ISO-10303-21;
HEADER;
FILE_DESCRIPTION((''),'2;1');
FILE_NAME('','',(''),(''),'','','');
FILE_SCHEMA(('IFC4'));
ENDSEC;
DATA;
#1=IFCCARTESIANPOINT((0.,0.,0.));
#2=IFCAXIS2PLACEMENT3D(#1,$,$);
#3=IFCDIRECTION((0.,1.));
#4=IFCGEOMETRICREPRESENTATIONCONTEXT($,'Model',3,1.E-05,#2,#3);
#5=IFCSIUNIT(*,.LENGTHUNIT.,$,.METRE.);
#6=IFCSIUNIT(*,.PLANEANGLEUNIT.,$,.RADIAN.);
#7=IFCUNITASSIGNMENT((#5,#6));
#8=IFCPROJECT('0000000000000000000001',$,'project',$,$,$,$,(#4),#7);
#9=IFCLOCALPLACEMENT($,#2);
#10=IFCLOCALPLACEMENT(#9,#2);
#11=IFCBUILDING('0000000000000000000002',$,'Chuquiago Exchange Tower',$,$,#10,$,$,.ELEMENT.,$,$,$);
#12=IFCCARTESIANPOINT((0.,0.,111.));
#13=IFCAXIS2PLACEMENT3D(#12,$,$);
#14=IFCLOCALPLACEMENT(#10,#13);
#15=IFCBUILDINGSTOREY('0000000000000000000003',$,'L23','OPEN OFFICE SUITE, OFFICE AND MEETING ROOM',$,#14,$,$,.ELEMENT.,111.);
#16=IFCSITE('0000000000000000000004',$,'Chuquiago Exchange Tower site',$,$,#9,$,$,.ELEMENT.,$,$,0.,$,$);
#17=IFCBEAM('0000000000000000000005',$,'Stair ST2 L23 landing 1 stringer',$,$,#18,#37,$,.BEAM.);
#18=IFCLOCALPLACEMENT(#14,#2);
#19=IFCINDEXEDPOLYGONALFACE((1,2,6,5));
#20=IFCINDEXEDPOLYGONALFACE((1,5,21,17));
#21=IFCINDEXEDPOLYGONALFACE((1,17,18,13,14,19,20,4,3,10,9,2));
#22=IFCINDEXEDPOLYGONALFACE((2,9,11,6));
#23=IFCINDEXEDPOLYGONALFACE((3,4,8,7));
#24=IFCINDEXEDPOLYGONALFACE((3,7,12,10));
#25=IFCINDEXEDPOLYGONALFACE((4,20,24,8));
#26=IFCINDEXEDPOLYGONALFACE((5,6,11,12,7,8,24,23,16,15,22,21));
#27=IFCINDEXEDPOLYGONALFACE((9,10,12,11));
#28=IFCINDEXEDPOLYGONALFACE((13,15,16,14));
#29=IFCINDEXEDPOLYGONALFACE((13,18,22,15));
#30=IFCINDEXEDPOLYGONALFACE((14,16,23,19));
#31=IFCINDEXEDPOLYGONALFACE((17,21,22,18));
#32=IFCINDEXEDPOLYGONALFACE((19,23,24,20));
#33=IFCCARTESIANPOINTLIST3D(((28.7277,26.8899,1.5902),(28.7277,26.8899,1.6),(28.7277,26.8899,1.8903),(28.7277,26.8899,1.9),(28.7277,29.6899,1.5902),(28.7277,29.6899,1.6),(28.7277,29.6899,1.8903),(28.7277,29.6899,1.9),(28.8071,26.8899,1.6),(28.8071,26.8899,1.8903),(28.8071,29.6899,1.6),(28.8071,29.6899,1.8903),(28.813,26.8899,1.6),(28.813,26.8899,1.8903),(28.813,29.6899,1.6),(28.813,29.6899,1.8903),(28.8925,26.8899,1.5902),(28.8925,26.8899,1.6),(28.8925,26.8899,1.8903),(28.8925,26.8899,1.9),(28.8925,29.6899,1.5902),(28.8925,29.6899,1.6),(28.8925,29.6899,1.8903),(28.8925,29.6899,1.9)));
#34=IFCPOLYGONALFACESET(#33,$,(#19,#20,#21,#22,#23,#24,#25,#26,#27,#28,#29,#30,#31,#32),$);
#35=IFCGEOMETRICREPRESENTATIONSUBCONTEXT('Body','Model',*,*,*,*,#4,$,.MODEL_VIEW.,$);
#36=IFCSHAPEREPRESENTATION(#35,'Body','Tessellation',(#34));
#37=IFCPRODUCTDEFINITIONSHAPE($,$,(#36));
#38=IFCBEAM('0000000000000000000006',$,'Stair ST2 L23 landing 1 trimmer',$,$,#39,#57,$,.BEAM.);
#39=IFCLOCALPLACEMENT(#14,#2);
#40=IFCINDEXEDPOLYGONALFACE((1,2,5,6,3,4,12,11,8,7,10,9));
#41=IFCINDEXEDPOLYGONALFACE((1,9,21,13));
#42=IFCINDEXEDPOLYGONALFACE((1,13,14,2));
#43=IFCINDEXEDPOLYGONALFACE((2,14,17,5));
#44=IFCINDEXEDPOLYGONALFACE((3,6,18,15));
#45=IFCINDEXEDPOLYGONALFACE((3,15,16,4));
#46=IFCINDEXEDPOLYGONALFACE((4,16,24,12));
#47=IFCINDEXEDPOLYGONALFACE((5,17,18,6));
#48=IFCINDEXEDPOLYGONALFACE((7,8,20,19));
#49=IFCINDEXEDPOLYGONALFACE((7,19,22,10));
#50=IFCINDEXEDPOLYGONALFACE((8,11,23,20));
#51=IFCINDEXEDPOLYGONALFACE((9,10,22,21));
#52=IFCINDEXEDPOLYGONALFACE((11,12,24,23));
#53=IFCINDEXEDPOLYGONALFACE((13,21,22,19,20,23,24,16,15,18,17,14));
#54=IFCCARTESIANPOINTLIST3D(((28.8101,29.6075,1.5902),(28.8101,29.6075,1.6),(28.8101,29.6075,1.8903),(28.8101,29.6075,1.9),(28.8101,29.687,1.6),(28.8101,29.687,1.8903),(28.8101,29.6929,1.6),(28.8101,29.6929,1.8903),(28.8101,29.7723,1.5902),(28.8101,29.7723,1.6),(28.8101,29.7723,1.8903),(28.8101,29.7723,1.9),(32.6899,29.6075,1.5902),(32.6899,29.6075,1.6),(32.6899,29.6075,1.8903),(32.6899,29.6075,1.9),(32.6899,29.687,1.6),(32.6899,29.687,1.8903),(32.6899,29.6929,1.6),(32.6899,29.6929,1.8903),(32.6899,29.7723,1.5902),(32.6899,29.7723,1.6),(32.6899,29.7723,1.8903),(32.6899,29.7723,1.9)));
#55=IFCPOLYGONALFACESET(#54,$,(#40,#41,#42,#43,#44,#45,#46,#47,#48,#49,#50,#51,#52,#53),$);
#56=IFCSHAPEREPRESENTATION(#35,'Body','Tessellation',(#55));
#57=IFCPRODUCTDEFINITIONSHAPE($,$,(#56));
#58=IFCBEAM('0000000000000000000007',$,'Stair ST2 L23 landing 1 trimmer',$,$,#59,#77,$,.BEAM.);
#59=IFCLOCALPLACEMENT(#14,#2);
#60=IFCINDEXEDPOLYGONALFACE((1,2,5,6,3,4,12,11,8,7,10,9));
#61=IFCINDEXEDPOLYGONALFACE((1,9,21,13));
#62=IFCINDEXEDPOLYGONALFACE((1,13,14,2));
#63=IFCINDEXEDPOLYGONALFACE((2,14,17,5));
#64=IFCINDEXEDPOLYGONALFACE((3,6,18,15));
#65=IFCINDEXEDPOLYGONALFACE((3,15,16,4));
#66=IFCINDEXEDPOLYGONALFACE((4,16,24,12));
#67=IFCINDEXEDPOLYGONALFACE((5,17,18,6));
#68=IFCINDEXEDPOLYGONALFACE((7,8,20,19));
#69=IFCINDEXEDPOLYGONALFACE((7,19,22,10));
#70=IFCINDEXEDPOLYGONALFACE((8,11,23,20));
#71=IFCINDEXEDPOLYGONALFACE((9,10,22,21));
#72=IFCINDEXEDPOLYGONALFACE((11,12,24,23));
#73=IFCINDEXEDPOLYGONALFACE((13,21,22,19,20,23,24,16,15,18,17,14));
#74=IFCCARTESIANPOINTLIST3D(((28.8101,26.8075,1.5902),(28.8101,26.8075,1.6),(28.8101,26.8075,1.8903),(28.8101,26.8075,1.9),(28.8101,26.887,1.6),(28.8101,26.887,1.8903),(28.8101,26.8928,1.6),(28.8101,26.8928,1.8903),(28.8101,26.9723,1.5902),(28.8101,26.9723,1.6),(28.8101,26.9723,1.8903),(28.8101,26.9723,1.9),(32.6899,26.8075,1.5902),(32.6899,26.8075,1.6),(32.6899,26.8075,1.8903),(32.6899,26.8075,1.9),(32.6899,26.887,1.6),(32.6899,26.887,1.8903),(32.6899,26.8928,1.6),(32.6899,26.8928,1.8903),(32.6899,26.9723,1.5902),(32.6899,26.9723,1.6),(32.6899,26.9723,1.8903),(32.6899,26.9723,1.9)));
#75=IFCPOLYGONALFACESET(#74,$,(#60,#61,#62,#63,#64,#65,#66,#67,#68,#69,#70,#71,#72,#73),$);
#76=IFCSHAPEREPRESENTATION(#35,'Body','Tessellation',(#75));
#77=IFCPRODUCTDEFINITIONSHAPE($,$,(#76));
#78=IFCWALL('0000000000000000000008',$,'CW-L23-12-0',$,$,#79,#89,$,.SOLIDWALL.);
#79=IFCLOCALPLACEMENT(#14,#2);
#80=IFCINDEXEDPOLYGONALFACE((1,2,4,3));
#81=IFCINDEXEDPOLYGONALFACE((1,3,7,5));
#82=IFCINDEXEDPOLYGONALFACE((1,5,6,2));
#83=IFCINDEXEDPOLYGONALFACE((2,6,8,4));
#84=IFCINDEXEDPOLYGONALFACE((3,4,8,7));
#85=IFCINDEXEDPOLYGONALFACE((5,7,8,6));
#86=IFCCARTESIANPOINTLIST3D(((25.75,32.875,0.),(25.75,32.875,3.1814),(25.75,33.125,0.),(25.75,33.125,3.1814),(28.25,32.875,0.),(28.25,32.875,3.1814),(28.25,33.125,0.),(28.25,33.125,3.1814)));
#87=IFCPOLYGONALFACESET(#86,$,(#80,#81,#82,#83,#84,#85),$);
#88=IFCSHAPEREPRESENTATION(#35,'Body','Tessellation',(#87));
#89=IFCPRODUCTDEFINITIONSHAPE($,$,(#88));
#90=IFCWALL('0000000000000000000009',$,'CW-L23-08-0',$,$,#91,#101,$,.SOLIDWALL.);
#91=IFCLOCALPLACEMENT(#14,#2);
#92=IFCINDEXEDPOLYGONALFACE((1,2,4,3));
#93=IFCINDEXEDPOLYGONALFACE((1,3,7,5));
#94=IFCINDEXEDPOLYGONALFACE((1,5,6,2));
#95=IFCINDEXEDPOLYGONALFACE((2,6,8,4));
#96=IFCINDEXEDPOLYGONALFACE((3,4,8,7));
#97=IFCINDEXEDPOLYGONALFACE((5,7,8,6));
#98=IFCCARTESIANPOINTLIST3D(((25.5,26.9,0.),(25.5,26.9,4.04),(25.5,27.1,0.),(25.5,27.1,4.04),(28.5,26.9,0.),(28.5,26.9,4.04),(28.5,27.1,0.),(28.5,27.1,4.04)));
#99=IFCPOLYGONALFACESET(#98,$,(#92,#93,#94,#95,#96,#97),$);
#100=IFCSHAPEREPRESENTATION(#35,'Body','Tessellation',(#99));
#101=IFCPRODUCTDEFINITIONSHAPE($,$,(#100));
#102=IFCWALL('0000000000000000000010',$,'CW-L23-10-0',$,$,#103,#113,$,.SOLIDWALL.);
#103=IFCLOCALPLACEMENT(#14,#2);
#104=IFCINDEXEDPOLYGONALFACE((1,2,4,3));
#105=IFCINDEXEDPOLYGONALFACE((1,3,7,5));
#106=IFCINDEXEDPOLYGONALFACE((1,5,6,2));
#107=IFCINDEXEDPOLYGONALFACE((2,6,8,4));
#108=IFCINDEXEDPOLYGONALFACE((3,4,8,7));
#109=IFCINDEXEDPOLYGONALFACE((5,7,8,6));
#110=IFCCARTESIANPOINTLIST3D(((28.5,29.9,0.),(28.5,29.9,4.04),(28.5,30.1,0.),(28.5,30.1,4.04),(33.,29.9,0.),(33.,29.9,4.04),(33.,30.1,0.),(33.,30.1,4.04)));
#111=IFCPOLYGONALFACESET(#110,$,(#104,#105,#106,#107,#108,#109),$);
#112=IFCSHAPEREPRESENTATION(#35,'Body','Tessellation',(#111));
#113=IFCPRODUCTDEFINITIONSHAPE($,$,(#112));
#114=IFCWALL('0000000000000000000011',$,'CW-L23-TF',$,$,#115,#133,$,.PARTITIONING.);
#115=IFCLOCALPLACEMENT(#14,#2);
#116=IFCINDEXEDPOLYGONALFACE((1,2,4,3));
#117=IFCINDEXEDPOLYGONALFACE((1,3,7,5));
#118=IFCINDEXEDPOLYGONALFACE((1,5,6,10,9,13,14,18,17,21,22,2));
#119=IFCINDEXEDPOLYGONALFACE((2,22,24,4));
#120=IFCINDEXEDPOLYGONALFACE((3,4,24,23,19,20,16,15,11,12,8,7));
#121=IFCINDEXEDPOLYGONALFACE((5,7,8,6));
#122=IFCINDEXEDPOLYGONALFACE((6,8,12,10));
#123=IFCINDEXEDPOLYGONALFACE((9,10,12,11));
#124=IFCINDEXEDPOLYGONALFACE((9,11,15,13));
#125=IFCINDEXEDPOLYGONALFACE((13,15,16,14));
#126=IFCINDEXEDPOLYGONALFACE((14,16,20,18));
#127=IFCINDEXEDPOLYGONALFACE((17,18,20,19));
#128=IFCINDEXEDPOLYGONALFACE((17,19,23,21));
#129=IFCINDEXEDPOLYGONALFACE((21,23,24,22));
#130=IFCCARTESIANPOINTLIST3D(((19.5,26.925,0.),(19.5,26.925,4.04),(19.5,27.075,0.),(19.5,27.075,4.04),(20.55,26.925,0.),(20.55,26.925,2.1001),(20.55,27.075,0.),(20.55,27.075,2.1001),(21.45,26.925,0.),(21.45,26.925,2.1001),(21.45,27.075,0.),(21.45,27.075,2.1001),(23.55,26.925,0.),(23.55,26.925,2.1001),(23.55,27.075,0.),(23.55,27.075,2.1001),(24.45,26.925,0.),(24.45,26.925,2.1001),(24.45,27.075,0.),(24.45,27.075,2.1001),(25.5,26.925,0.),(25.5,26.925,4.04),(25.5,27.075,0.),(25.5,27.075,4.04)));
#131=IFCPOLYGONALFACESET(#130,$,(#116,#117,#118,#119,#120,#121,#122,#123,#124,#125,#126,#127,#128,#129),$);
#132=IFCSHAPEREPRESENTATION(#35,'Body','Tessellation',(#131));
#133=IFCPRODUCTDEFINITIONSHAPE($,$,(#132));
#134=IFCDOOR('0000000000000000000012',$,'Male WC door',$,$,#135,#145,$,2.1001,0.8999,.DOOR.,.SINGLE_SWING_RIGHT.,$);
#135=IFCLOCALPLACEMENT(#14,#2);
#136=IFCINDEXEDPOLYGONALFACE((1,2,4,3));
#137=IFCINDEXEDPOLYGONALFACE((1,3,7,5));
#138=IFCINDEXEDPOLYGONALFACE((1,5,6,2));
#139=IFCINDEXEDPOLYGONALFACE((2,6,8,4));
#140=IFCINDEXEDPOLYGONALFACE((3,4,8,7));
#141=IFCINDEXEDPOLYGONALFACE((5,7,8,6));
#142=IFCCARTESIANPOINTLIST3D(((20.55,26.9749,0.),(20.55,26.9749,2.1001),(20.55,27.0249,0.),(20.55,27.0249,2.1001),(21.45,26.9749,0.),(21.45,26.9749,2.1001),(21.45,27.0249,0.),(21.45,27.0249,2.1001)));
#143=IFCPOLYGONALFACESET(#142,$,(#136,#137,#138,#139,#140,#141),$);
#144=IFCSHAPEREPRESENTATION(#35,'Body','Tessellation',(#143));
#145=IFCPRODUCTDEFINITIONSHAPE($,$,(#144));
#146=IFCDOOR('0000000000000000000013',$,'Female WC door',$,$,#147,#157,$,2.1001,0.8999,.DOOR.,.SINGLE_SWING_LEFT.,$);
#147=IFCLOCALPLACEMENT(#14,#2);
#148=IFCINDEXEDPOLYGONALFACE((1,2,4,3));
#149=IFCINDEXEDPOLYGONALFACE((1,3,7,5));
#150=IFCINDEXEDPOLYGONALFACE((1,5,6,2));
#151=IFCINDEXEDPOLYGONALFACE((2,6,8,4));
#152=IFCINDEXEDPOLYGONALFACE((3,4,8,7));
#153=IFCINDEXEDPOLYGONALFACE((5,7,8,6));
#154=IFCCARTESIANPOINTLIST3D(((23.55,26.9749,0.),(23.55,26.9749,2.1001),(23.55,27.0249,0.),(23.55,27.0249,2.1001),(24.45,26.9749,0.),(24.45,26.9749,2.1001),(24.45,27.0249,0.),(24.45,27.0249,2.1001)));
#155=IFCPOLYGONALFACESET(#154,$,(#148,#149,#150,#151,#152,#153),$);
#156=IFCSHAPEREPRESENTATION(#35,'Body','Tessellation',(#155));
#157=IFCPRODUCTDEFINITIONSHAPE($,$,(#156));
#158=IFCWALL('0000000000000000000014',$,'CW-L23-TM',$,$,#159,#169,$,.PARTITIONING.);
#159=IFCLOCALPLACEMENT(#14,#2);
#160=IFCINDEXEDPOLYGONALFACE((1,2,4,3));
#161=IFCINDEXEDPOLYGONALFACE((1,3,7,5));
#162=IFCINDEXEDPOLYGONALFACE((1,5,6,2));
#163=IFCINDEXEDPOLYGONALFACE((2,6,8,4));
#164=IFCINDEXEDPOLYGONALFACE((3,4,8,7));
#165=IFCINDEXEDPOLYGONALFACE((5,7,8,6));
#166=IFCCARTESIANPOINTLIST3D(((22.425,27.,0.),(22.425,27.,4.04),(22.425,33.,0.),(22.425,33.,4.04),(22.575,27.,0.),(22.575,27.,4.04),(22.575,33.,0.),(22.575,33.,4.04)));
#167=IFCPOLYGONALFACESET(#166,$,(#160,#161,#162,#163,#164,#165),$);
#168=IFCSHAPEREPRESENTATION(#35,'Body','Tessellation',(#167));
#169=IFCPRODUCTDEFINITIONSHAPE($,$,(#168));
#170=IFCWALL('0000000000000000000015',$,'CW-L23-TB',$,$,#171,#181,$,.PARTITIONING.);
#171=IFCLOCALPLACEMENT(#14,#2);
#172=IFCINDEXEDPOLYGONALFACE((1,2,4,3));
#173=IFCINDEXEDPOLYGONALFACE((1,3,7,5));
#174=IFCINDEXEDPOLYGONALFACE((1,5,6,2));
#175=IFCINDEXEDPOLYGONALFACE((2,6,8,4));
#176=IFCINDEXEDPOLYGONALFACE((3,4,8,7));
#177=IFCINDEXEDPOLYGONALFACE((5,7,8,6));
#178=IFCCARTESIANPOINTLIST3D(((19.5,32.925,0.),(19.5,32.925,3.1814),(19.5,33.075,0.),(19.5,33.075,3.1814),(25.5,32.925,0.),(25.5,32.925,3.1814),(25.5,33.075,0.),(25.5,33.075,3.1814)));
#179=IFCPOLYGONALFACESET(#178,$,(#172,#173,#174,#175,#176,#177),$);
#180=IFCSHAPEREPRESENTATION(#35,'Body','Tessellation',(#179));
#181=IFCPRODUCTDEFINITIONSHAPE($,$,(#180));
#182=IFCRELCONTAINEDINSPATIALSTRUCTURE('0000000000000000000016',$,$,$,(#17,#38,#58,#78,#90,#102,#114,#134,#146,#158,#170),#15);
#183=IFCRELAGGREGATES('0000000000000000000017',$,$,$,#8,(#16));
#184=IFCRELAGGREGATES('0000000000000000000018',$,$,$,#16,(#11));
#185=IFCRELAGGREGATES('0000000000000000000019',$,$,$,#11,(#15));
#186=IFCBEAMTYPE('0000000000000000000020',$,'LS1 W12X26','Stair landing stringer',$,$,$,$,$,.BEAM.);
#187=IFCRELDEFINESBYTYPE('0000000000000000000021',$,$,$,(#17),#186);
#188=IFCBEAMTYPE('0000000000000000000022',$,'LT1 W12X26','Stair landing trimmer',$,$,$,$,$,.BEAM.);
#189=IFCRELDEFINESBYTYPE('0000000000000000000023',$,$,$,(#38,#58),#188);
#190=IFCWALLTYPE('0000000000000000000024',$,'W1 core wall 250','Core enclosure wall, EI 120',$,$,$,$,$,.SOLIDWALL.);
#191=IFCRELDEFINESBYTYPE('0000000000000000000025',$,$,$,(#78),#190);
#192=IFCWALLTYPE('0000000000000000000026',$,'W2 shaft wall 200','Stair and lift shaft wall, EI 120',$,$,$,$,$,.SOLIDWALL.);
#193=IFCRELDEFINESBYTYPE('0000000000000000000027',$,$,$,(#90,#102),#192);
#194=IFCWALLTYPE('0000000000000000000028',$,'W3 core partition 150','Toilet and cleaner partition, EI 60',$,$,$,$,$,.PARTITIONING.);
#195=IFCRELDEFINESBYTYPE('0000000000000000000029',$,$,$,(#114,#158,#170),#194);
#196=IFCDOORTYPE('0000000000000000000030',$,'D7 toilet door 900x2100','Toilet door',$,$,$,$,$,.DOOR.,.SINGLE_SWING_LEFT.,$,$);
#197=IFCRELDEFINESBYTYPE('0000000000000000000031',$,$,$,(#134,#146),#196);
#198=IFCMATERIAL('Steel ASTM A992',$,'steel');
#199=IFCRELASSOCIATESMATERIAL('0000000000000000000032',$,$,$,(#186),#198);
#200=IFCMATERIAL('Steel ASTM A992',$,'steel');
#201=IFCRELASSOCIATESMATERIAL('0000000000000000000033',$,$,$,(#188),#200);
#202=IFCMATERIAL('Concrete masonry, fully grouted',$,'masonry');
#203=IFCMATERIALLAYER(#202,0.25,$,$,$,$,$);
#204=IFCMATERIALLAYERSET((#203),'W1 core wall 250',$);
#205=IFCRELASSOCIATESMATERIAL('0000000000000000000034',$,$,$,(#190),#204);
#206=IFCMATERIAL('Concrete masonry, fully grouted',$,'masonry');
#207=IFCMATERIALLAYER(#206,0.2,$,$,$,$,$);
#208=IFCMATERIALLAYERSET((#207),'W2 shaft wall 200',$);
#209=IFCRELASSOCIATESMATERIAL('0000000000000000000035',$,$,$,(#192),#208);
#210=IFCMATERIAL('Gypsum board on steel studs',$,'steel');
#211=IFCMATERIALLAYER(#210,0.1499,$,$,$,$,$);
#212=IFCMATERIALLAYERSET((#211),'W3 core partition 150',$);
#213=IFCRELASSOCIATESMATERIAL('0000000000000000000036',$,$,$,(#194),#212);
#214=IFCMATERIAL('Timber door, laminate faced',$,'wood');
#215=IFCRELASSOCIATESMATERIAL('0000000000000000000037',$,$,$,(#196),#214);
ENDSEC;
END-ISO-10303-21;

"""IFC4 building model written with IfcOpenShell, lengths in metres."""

from ifc_helpers import new_model, si_unit, direction, frame, frame_2d, origin, origin_2d, place, context, subcontext, project, spatial, rectangle, i_section, extrude, material, layer, layer_set, material_profile, profile_set, type_object, element, fill, save


model = new_model("IFC4")

# Units and contexts
model_context = context("Model", 3, precision=1e-05, world=origin(), true_north=direction((0.0, 1.0)))
body_context = subcontext(model_context, "Body", "Model", "MODEL_VIEW")
ifc_project = project(units=[si_unit("LENGTHUNIT", "METRE"), si_unit("PLANEANGLEUNIT", "RADIAN")], contexts=[model_context])

# Site, building, storey
site_placement = place(None, origin())
site = spatial("IfcSite", under=ifc_project, at=site_placement, Name="Chuquiago Exchange Tower site", CompositionType="ELEMENT", RefElevation=0.0)
building_placement = place(site_placement, origin())
building = spatial("IfcBuilding", under=site, at=building_placement, Name="Chuquiago Exchange Tower", CompositionType="ELEMENT")
storey_placement = place(building_placement, frame((0.0, 0.0, 111.0)))
storey = spatial("IfcBuildingStorey", under=building, at=storey_placement, Name="L23", Description="OPEN OFFICE SUITE, OFFICE AND MEETING ROOM", CompositionType="ELEMENT", Elevation=111.0)

# Beams
ifc_material_1 = material(Name="Steel ASTM A992", Category="steel")
ifc_material_profile_1 = material_profile(ifc_material_1, i_section(OverallWidth=0.1648, OverallDepth=0.3098, WebThickness=0.0059, FlangeThickness=0.0098, at=origin_2d()), Name="W12X26")
ifc_profile_set_1 = profile_set([ifc_material_profile_1], Name="Steel ASTM A992")
beam_type_1 = type_object("IfcBeamType", Name="LS1 W12X26", Description="Stair landing stringer", PredefinedType="BEAM", material=ifc_profile_set_1)
beam_1_placement = place(storey_placement, frame((28.8101, 26.8899, 1.7451), z_axis=(0.0, 1.0, 0.0), x_axis=(-1.0, 0.0, 0.0)))
element("IfcBeam", 1, at=beam_1_placement, inside=storey, type_object=beam_type_1, Name="Stair ST2 L23 landing 1 stringer", PredefinedType="BEAM", context=body_context, shape_type="SweptSolid", body=[
    extrude(i_section(OverallWidth=0.1648, OverallDepth=0.3098, WebThickness=0.0059, FlangeThickness=0.0098, at=origin_2d()), origin(), (0.0, 0.0, 1.0), 2.8),
])
ifc_material_2 = material(Name="Steel ASTM A992", Category="steel")
ifc_material_profile_2 = material_profile(ifc_material_2, i_section(OverallWidth=0.1648, OverallDepth=0.3098, WebThickness=0.0059, FlangeThickness=0.0098, at=origin_2d()), Name="W12X26")
ifc_profile_set_2 = profile_set([ifc_material_profile_2], Name="Steel ASTM A992")
beam_type_2 = type_object("IfcBeamType", Name="LT1 W12X26", Description="Stair landing trimmer", PredefinedType="BEAM", material=ifc_profile_set_2)
for number, where, z_axis, x_axis, name in (
    (2, (28.8101, 29.6899, 1.7451), (1.0, 0.0, 0.0), (0.0, 1.0, 0.0), "Stair ST2 L23 landing 1 trimmer"),
    (3, (28.8101, 26.8899, 1.7451), (1.0, 0.0, 0.0), (0.0, 1.0, 0.0), "Stair ST2 L23 landing 1 trimmer"),
):
    element("IfcBeam", number, at=place(storey_placement, frame(where, z_axis=z_axis, x_axis=x_axis)), inside=storey, type_object=beam_type_2, Name=name, PredefinedType="BEAM", context=body_context, shape_type="SweptSolid", body=[
        extrude(i_section(OverallWidth=0.1648, OverallDepth=0.3098, WebThickness=0.0059, FlangeThickness=0.0098, at=origin_2d()), origin(), (0.0, 0.0, 1.0), 3.8799),
    ])

# Walls
ifc_material_3 = material(Name="Concrete masonry, fully grouted", Category="masonry")
ifc_layer_1 = layer(ifc_material_3, 0.25)
ifc_layer_set_1 = layer_set([ifc_layer_1], Name="W1 core wall 250")
wall_type_1 = type_object("IfcWallType", Name="W1 core wall 250", Description="Core enclosure wall, EI 120", PredefinedType="SOLIDWALL", material=ifc_layer_set_1)
wall_1_placement = place(storey_placement, frame((25.75, 33.0, 0.0), z_axis=(0.0, 0.0, 1.0), x_axis=(1.0, 0.0, 0.0)))
element("IfcWall", 4, at=wall_1_placement, inside=storey, type_object=wall_type_1, Name="CW-L23-12-0", PredefinedType="SOLIDWALL", context=body_context, shape_type="SweptSolid", body=[
    extrude(rectangle(XDim=2.5, YDim=0.25, at=frame_2d((1.25, 0.0))), origin(), (0.0, 0.0, 1.0), 3.1814),
])
ifc_material_4 = material(Name="Concrete masonry, fully grouted", Category="masonry")
ifc_layer_2 = layer(ifc_material_4, 0.2)
ifc_layer_set_2 = layer_set([ifc_layer_2], Name="W2 shaft wall 200")
wall_type_2 = type_object("IfcWallType", Name="W2 shaft wall 200", Description="Stair and lift shaft wall, EI 120", PredefinedType="SOLIDWALL", material=ifc_layer_set_2)
wall_2_placement = place(storey_placement, frame((25.5, 27.0, 0.0), z_axis=(0.0, 0.0, 1.0), x_axis=(1.0, 0.0, 0.0)))
element("IfcWall", 5, at=wall_2_placement, inside=storey, type_object=wall_type_2, Name="CW-L23-08-0", PredefinedType="SOLIDWALL", context=body_context, shape_type="SweptSolid", body=[
    extrude(rectangle(XDim=3.0, YDim=0.2, at=frame_2d((1.5, 0.0))), origin(), (0.0, 0.0, 1.0), 4.04),
])
wall_3_placement = place(storey_placement, frame((28.5, 30.0, 0.0), z_axis=(0.0, 0.0, 1.0), x_axis=(1.0, 0.0, 0.0)))
element("IfcWall", 6, at=wall_3_placement, inside=storey, type_object=wall_type_2, Name="CW-L23-10-0", PredefinedType="SOLIDWALL", context=body_context, shape_type="SweptSolid", body=[
    extrude(rectangle(XDim=4.5, YDim=0.2, at=frame_2d((2.25, 0.0))), origin(), (0.0, 0.0, 1.0), 4.04),
])

# Wall, openings, doors
ifc_material_5 = material(Name="Gypsum board on steel studs", Category="steel")
ifc_layer_3 = layer(ifc_material_5, 0.1499)
ifc_layer_set_3 = layer_set([ifc_layer_3], Name="W3 core partition 150")
wall_type_3 = type_object("IfcWallType", Name="W3 core partition 150", Description="Toilet and cleaner partition, EI 60", PredefinedType="PARTITIONING", material=ifc_layer_set_3)
wall_4_placement = place(storey_placement, frame((19.5, 27.0, 0.0), z_axis=(0.0, 0.0, 1.0), x_axis=(1.0, 0.0, 0.0)))
wall_4 = element("IfcWall", 7, at=wall_4_placement, inside=storey, type_object=wall_type_3, Name="CW-L23-TF", PredefinedType="PARTITIONING", context=body_context, shape_type="SweptSolid", body=[
    extrude(rectangle(XDim=6.0, YDim=0.1499, at=frame_2d((3.0, 0.0))), origin(), (0.0, 0.0, 1.0), 4.04),
])
opening_1_placement = place(wall_4_placement, frame((1.05, 0.0, 0.0)))
opening_1 = element("IfcOpeningElement", 8, at=opening_1_placement, cuts=wall_4, PredefinedType="OPENING", context=body_context, shape_type="SweptSolid", body=[
    extrude(rectangle(XDim=0.8999, YDim=2.1001, at=frame_2d((0.45, 1.05))), frame((0.0, 0.085, 0.0), z_axis=(0.0, -1.0, 0.0), x_axis=(1.0, 0.0, 0.0)), (0.0, 0.0, 1.0), 0.1699),
])
opening_2_placement = place(wall_4_placement, frame((4.05, 0.0, 0.0)))
opening_2 = element("IfcOpeningElement", 9, at=opening_2_placement, cuts=wall_4, PredefinedType="OPENING", context=body_context, shape_type="SweptSolid", body=[
    extrude(rectangle(XDim=0.8999, YDim=2.1001, at=frame_2d((0.45, 1.05))), frame((0.0, 0.085, 0.0), z_axis=(0.0, -1.0, 0.0), x_axis=(1.0, 0.0, 0.0)), (0.0, 0.0, 1.0), 0.1699),
])
ifc_material_6 = material(Name="Timber door, laminate faced", Category="wood")
door_type = type_object("IfcDoorType", Name="D7 toilet door 900x2100", Description="Toilet door", OperationType="SINGLE_SWING_LEFT", PredefinedType="DOOR", material=ifc_material_6)
door_1_placement = place(opening_1_placement, origin())
door_1 = element("IfcDoor", 10, at=door_1_placement, inside=storey, type_object=door_type, Name="Male WC door", OperationType="SINGLE_SWING_RIGHT", OverallHeight=2.1001, OverallWidth=0.8999, PredefinedType="DOOR", context=body_context, shape_type="SweptSolid", body=[
    extrude(rectangle(XDim=0.8999, YDim=2.1001, at=frame_2d((0.45, 1.05))), frame((0.0, 0.0249, 0.0), z_axis=(0.0, -1.0, 0.0), x_axis=(1.0, 0.0, 0.0)), (0.0, 0.0, 1.0), 0.05),
])
fill(opening_1, door_1)
door_2_placement = place(opening_2_placement, origin())
door_2 = element("IfcDoor", 11, at=door_2_placement, inside=storey, type_object=door_type, Name="Female WC door", OperationType="SINGLE_SWING_LEFT", OverallHeight=2.1001, OverallWidth=0.8999, PredefinedType="DOOR", context=body_context, shape_type="SweptSolid", body=[
    extrude(rectangle(XDim=0.8999, YDim=2.1001, at=frame_2d((0.45, 1.05))), frame((0.0, 0.0249, 0.0), z_axis=(0.0, -1.0, 0.0), x_axis=(1.0, 0.0, 0.0)), (0.0, 0.0, 1.0), 0.05),
])
fill(opening_2, door_2)

# Walls
wall_5_placement = place(storey_placement, frame((22.5, 27.0, 0.0), z_axis=(0.0, 0.0, 1.0), x_axis=(0.0, 1.0, 0.0)))
element("IfcWall", 12, at=wall_5_placement, inside=storey, type_object=wall_type_3, Name="CW-L23-TM", PredefinedType="PARTITIONING", context=body_context, shape_type="SweptSolid", body=[
    extrude(rectangle(XDim=6.0, YDim=0.1499, at=frame_2d((3.0, 0.0))), origin(), (0.0, 0.0, 1.0), 4.04),
])
wall_6_placement = place(storey_placement, frame((19.5, 33.0, 0.0), z_axis=(0.0, 0.0, 1.0), x_axis=(1.0, 0.0, 0.0)))
element("IfcWall", 13, at=wall_6_placement, inside=storey, type_object=wall_type_3, Name="CW-L23-TB", PredefinedType="PARTITIONING", context=body_context, shape_type="SweptSolid", body=[
    extrude(rectangle(XDim=6.0, YDim=0.1499, at=frame_2d((3.0, 0.0))), origin(), (0.0, 0.0, 1.0), 3.1814),
])

save(model, "model.ifc")
